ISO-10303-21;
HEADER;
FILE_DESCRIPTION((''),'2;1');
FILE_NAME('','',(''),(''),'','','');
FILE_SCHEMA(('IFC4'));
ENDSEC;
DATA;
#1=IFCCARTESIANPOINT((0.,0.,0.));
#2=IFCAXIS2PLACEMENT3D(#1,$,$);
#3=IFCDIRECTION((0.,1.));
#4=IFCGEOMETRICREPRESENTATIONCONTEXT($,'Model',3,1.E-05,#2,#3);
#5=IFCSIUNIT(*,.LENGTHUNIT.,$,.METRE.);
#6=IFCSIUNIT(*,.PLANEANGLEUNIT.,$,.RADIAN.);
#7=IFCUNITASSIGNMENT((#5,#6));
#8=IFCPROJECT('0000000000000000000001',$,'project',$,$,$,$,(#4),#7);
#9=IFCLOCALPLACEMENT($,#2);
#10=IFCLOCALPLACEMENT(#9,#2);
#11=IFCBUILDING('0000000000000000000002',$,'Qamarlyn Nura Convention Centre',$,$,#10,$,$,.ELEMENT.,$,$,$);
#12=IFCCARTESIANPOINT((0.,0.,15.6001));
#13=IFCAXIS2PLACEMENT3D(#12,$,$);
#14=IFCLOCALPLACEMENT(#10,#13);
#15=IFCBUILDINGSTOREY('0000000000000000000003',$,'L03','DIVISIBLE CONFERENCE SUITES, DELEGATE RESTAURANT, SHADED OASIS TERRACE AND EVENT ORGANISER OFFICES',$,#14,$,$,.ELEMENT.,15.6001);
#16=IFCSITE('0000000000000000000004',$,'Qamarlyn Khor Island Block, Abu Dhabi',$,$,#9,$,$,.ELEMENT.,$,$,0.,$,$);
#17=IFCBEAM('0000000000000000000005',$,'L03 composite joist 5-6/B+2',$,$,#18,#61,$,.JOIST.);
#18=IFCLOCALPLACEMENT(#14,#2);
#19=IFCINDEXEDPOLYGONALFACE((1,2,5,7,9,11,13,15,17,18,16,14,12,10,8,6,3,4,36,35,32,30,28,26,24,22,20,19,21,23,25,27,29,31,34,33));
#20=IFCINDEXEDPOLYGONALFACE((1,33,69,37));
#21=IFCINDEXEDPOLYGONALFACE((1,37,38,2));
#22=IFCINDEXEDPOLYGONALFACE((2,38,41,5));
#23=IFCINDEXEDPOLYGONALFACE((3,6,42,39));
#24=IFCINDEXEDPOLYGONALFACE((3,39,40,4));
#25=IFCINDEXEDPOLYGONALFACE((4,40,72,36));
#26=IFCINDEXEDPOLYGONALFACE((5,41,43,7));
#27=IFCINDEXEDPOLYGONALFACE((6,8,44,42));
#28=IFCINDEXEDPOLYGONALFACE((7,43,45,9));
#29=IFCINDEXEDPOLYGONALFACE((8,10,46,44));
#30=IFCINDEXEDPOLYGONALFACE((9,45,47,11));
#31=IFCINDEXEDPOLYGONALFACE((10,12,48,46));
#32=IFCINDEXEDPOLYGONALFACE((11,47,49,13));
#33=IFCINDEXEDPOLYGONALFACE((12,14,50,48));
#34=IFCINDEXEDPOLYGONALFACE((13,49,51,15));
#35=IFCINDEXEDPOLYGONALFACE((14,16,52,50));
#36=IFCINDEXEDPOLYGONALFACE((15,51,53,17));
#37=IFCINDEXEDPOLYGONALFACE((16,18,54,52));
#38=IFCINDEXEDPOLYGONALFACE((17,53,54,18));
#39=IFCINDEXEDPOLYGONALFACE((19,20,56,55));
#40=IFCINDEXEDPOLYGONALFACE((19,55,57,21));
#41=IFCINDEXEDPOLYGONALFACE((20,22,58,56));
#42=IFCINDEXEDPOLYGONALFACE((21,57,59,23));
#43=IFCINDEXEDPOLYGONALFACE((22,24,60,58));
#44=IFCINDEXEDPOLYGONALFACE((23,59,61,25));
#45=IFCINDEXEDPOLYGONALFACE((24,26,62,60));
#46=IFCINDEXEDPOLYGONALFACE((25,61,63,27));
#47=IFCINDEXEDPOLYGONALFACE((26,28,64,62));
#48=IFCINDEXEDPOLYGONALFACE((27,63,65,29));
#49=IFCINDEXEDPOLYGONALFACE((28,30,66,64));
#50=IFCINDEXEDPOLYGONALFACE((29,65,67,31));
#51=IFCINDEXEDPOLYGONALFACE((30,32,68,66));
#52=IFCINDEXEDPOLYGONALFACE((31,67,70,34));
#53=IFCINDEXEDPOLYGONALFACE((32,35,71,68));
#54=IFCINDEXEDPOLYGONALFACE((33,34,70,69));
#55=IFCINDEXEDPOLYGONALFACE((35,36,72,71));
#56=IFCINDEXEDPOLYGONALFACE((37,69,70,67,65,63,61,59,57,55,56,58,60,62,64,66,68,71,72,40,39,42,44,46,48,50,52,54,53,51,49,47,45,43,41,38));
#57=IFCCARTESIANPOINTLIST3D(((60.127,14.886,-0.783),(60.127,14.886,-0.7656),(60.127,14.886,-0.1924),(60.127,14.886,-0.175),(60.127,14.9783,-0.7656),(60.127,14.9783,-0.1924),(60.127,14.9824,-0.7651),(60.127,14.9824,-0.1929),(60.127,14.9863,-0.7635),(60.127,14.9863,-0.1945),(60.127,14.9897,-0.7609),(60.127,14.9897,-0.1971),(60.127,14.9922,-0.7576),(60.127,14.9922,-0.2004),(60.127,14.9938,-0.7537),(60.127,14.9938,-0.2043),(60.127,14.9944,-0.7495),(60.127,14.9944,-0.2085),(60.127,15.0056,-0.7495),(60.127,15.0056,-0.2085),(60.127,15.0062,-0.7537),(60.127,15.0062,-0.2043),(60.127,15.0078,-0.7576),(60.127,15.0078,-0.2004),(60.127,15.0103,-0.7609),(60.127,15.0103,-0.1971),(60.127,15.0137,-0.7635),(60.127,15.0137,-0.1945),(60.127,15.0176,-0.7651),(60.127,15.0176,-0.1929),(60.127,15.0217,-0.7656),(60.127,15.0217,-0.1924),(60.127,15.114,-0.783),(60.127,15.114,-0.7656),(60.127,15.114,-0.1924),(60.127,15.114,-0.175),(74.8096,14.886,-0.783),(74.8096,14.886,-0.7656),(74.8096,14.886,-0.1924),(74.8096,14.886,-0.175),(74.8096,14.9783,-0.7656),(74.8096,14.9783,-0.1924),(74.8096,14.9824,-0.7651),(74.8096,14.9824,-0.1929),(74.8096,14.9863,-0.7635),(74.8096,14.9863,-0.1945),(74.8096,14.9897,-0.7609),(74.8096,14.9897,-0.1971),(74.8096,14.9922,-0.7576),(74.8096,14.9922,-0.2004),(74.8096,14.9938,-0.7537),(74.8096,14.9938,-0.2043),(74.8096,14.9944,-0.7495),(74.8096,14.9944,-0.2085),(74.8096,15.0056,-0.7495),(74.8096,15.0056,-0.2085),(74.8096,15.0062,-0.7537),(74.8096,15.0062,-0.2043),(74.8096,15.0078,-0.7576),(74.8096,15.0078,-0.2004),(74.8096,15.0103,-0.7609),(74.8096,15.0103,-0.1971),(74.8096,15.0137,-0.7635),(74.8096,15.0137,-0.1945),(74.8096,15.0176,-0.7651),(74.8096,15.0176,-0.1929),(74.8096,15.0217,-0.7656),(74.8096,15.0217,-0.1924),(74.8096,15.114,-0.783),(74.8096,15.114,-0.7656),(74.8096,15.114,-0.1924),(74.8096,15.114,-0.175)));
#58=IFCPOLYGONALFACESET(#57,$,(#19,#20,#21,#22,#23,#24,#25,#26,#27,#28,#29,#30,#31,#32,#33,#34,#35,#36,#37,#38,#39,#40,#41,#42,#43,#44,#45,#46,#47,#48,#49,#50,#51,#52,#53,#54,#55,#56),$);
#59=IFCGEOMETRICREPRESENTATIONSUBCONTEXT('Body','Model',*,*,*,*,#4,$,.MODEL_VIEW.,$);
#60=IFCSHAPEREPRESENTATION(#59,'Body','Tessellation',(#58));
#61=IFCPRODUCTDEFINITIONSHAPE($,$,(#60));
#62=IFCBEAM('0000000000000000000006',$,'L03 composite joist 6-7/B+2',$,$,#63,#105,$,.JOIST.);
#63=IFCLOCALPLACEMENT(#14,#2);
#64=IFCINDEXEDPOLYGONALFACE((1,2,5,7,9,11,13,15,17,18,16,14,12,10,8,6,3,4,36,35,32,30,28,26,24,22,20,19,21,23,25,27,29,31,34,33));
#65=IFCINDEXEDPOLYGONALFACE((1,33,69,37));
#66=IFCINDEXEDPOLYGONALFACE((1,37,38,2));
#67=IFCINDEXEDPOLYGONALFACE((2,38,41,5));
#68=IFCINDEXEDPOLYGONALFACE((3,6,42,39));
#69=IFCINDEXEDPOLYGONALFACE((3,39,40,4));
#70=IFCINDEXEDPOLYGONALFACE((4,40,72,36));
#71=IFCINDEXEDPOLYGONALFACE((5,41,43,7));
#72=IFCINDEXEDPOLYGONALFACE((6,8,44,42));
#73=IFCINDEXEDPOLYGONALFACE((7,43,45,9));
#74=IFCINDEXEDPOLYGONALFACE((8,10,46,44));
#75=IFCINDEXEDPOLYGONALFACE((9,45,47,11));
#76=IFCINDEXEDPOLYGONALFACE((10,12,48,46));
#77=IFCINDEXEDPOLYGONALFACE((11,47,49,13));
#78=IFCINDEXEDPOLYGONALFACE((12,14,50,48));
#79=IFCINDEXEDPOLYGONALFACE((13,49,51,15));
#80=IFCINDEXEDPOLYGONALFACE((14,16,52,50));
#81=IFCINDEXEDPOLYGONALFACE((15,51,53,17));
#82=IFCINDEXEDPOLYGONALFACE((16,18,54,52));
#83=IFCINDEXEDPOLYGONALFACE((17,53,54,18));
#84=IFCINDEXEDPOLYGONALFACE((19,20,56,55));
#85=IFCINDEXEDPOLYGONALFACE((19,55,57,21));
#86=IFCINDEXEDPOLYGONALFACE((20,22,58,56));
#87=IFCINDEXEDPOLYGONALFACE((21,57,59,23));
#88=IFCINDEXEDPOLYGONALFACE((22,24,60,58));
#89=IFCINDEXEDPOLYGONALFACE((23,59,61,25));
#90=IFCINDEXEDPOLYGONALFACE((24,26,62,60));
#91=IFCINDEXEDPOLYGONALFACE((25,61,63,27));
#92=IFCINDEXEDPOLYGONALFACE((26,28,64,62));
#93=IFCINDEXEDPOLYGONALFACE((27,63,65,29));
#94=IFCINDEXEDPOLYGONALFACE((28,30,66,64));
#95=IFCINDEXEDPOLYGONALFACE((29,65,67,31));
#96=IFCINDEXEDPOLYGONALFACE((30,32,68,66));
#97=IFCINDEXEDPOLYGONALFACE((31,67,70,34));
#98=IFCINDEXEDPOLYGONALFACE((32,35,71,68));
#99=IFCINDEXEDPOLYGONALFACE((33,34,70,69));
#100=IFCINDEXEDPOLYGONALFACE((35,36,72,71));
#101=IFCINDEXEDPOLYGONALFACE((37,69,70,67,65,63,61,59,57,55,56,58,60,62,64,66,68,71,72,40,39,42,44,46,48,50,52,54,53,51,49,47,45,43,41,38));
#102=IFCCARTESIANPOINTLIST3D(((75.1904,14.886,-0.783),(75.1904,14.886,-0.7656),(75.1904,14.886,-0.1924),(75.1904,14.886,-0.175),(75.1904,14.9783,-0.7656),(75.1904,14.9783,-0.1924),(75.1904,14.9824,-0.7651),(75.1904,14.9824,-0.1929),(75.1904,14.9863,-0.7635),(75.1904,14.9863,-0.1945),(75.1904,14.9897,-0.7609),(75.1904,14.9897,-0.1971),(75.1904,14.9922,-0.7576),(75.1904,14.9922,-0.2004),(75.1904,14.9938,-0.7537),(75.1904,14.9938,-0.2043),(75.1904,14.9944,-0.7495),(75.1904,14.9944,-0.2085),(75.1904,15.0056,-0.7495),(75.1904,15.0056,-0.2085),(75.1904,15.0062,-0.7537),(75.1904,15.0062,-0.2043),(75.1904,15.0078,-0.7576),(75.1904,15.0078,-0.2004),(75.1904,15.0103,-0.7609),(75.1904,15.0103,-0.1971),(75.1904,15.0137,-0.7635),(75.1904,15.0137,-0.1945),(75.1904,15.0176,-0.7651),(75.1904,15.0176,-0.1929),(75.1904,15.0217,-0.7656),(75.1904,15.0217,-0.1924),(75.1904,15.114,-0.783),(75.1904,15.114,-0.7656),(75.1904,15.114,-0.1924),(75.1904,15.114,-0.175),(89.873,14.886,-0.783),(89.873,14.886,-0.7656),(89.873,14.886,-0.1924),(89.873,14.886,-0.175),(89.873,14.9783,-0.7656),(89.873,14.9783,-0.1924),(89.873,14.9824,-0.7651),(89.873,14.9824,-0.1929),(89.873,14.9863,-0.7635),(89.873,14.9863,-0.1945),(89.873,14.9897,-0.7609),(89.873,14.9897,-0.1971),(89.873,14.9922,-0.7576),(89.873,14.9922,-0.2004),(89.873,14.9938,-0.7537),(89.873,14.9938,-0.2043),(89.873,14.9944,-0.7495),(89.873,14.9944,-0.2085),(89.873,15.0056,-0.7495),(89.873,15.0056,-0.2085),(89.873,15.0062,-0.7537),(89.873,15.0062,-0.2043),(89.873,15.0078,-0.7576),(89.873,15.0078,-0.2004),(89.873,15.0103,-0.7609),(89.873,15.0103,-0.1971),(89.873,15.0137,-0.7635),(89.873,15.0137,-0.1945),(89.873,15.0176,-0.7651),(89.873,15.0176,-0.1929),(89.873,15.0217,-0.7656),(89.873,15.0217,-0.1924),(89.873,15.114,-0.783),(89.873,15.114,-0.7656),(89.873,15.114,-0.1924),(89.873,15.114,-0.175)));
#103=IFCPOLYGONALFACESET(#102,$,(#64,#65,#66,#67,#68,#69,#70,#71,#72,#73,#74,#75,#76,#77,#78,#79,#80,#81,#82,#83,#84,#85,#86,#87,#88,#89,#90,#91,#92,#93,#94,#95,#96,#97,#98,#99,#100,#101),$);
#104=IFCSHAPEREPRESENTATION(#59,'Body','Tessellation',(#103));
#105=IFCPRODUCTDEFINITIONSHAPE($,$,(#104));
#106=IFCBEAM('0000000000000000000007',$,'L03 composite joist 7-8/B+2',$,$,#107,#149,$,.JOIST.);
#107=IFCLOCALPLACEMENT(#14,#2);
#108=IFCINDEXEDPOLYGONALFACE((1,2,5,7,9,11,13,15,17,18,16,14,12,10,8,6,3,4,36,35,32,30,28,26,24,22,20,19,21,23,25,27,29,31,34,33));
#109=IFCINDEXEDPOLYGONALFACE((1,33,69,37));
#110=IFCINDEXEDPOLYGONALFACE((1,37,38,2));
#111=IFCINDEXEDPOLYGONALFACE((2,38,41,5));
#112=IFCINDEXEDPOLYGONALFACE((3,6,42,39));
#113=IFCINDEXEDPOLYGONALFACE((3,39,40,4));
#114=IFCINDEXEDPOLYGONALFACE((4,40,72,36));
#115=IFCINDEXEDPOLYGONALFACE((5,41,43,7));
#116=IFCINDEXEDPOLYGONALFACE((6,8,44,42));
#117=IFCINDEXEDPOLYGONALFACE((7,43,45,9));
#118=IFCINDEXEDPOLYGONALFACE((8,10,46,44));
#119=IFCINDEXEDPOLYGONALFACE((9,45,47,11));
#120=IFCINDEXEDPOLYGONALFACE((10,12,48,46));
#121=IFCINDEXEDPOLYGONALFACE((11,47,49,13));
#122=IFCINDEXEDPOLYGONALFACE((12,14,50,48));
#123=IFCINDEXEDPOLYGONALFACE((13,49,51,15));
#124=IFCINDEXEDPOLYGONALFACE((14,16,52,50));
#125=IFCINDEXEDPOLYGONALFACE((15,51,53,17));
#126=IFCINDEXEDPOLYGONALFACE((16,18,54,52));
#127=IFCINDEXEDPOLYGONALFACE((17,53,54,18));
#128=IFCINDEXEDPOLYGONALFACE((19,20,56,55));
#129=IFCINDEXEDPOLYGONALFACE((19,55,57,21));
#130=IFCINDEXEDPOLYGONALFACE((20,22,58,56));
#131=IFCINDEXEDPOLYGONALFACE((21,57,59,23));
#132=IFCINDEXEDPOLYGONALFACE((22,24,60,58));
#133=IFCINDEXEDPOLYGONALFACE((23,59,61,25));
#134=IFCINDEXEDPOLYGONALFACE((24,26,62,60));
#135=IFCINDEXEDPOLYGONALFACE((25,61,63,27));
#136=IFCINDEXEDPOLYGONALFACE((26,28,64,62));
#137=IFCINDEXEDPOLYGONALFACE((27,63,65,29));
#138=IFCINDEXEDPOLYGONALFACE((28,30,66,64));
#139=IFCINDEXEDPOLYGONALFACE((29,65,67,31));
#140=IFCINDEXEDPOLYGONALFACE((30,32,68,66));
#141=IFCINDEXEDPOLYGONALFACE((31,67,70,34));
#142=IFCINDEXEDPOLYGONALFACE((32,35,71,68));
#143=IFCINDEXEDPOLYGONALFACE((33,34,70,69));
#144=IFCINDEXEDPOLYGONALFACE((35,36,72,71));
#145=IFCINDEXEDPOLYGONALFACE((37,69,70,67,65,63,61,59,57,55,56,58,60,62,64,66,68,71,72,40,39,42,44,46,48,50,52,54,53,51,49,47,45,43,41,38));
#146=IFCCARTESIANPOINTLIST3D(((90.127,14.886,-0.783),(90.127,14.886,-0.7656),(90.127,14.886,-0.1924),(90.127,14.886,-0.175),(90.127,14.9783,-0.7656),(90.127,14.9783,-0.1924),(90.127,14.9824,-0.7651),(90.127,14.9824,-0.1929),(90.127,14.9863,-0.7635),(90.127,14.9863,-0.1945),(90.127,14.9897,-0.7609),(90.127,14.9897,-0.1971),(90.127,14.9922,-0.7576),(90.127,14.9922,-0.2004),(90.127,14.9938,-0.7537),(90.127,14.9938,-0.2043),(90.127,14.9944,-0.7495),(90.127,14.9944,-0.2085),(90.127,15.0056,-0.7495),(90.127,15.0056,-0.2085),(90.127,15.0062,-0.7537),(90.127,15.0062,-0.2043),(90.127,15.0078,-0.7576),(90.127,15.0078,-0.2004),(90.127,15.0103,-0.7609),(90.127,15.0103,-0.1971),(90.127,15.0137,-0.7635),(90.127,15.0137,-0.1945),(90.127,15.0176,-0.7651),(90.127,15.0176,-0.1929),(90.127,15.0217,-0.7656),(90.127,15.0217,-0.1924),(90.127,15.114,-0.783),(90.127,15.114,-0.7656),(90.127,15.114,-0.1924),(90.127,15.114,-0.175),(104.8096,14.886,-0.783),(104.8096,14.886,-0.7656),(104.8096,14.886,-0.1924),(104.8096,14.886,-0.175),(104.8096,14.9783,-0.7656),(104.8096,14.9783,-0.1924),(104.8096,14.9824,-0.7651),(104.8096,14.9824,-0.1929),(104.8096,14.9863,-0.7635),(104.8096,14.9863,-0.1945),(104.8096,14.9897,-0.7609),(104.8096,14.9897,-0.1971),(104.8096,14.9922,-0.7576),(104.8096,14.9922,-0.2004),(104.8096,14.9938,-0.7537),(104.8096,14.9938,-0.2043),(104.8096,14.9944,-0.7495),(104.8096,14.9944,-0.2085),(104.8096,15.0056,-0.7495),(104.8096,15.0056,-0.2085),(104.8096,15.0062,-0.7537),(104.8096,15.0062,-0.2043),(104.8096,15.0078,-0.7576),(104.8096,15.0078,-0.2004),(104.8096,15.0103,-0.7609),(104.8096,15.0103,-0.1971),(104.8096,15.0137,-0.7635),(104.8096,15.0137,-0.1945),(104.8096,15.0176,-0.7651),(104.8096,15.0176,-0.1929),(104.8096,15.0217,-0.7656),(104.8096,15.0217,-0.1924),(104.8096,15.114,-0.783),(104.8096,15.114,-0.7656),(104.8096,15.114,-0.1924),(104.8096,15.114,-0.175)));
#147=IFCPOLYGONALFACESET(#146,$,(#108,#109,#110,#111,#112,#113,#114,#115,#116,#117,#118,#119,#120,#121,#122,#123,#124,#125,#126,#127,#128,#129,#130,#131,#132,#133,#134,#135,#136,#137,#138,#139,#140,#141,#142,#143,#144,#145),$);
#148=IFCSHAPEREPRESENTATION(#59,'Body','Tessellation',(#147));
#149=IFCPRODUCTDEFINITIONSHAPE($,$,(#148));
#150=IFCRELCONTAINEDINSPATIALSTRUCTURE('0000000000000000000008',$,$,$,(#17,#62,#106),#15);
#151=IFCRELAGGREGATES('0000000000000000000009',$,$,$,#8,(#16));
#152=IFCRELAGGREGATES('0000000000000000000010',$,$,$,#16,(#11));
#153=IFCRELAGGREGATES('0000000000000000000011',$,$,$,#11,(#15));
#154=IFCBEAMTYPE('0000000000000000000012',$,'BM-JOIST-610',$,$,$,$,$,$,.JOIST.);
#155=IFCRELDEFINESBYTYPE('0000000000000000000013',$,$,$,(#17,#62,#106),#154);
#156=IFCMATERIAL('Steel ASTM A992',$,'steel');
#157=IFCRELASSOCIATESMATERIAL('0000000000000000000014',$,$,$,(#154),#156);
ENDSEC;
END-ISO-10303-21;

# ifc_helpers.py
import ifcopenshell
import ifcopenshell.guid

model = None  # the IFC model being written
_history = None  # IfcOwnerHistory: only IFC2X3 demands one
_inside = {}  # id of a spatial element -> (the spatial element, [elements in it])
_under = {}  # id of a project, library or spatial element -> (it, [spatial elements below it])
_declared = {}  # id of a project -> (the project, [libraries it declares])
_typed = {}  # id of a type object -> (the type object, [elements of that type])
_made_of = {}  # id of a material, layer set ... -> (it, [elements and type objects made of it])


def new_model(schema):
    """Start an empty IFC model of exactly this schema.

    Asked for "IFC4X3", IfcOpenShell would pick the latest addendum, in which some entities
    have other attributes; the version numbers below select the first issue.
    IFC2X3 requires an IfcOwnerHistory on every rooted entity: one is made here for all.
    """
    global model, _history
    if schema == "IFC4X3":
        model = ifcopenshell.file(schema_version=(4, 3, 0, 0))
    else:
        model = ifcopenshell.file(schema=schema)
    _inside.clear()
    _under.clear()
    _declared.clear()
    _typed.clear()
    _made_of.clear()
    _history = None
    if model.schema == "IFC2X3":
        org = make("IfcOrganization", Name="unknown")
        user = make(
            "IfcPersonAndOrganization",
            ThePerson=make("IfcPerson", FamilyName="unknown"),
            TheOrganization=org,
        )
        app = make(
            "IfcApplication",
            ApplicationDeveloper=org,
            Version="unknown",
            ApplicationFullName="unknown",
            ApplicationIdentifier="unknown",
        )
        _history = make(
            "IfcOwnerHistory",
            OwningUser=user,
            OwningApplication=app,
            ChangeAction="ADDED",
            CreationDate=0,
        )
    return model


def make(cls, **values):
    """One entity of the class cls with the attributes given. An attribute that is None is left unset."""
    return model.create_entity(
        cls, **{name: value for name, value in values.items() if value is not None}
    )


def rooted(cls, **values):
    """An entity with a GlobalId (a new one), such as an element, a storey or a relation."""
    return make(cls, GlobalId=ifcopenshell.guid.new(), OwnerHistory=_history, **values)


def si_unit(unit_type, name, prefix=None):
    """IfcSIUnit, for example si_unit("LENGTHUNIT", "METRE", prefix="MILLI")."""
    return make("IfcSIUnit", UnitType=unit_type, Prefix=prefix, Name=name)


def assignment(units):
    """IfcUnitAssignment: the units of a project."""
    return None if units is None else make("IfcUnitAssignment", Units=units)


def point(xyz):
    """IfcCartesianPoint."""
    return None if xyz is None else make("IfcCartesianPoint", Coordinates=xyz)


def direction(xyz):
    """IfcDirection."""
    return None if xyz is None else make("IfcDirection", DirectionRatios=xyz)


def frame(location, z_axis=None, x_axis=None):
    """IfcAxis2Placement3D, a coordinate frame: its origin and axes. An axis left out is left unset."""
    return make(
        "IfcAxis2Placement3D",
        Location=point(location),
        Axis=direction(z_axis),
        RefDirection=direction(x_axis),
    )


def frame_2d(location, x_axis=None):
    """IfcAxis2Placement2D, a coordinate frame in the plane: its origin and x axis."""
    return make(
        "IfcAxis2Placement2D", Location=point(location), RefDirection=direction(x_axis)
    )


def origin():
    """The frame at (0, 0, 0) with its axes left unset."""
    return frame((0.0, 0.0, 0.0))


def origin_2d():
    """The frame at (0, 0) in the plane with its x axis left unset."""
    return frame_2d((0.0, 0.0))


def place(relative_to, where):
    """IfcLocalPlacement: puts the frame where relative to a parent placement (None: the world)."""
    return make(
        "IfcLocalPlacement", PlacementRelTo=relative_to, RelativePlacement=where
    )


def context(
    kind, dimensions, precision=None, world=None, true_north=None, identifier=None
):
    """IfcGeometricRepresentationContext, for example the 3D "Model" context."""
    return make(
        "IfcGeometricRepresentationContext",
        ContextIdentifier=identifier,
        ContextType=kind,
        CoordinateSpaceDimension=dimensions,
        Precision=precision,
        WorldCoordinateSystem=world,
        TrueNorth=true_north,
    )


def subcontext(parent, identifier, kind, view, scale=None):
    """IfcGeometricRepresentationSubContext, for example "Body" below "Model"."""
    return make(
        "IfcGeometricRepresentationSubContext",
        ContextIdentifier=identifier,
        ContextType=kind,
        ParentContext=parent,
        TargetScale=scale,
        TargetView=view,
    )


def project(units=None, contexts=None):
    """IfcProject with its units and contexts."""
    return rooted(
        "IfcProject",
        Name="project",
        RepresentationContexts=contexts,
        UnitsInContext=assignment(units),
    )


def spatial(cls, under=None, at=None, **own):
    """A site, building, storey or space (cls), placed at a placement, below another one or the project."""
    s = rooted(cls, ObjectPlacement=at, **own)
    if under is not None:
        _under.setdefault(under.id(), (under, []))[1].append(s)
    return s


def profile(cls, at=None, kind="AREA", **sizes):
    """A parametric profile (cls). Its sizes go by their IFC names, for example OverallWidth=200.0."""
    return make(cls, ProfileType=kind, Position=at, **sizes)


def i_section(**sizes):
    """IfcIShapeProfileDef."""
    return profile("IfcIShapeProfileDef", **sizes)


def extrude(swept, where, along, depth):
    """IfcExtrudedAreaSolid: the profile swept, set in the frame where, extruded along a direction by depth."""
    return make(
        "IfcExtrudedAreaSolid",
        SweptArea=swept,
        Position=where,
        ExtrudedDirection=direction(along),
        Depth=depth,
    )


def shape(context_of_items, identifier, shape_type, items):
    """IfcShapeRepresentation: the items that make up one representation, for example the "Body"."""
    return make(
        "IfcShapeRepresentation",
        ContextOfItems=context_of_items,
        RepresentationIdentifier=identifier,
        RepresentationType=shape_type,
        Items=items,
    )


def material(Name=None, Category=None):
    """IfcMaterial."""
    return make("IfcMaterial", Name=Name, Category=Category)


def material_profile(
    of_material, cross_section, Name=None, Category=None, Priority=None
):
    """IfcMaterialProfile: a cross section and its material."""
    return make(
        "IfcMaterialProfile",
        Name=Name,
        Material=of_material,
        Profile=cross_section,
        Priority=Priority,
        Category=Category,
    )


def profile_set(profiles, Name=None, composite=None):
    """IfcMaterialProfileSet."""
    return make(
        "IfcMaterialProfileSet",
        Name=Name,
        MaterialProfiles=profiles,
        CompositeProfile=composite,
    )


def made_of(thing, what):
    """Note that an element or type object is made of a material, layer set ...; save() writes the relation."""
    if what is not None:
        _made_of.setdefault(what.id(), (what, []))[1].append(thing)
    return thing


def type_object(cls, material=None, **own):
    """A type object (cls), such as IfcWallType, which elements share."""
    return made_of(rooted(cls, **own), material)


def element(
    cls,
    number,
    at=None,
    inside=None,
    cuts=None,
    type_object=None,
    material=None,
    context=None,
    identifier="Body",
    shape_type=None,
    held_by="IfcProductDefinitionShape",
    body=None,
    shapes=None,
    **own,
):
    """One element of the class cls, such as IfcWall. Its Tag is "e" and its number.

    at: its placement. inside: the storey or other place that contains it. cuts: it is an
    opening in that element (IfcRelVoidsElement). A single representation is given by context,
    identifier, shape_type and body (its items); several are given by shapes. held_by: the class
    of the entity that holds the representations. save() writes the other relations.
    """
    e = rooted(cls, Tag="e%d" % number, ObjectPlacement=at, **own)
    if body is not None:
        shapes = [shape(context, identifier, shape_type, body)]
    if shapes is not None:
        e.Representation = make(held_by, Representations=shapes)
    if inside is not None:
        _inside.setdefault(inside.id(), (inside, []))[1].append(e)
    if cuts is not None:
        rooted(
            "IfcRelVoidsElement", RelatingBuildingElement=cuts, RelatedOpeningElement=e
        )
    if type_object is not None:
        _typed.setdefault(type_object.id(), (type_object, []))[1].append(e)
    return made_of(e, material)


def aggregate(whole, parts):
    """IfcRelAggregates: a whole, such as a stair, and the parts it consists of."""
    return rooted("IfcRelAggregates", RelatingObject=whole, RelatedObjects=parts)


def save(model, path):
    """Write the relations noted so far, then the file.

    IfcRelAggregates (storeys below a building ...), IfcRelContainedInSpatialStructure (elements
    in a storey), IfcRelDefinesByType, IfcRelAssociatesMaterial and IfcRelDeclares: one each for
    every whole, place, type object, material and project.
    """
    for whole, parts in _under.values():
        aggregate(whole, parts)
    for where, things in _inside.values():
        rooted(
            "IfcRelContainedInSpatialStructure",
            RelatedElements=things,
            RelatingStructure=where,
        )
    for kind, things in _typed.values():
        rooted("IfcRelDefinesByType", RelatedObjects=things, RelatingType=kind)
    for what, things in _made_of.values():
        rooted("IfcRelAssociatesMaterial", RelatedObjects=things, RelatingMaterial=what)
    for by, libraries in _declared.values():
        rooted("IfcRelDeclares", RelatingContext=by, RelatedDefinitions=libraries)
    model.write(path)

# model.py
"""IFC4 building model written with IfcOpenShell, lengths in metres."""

from ifc_helpers import new_model, si_unit, direction, frame, origin, origin_2d, place, context, subcontext, project, spatial, i_section, extrude, material, material_profile, profile_set, type_object, element, save


model = new_model("IFC4")

# Units and contexts
model_context = context("Model", 3, precision=1e-05, world=origin(), true_north=direction((0.0, 1.0)))
body_context = subcontext(model_context, "Body", "Model", "MODEL_VIEW")
ifc_project = project(units=[si_unit("LENGTHUNIT", "METRE"), si_unit("PLANEANGLEUNIT", "RADIAN")], contexts=[model_context])

# Site, building, storey
site_placement = place(None, origin())
site = spatial("IfcSite", under=ifc_project, at=site_placement, Name="Qamarlyn Khor Island Block, Abu Dhabi", CompositionType="ELEMENT", RefElevation=0.0)
building_placement = place(site_placement, origin())
building = spatial("IfcBuilding", under=site, at=building_placement, Name="Qamarlyn Nura Convention Centre", CompositionType="ELEMENT")
storey_placement = place(building_placement, frame((0.0, 0.0, 15.6001)))
storey = spatial("IfcBuildingStorey", under=building, at=storey_placement, Name="L03", Description="DIVISIBLE CONFERENCE SUITES, DELEGATE RESTAURANT, SHADED OASIS TERRACE AND EVENT ORGANISER OFFICES", CompositionType="ELEMENT", Elevation=15.6001)

# Beams
ifc_material_1 = material(Name="Steel ASTM A992", Category="steel")
ifc_material_profile_1 = material_profile(ifc_material_1, i_section(OverallWidth=0.228, OverallDepth=0.6079, WebThickness=0.0112, FlangeThickness=0.0173, FilletRadius=0.0161, at=origin_2d()), Name="W610X113")
ifc_profile_set_1 = profile_set([ifc_material_profile_1], Name="Steel ASTM A992")
beam_type_1 = type_object("IfcBeamType", Name="BM-JOIST-610", PredefinedType="JOIST", material=ifc_profile_set_1)
for number, where, z_axis, x_axis, name in (
    (1, (60.127, 15.0, -0.479), (1.0, 0.0, 0.0), (0.0, 1.0, 0.0), "L03 composite joist 5-6/B+2"),
    (2, (75.1904, 15.0, -0.479), (1.0, 0.0, 0.0), (0.0, 1.0, 0.0), "L03 composite joist 6-7/B+2"),
    (3, (90.127, 15.0, -0.479), (1.0, 0.0, 0.0), (0.0, 1.0, 0.0), "L03 composite joist 7-8/B+2"),
):
    element("IfcBeam", number, at=place(storey_placement, frame(where, z_axis=z_axis, x_axis=x_axis)), inside=storey, type_object=beam_type_1, Name=name, PredefinedType="JOIST", context=body_context, shape_type="SweptSolid", body=[
        extrude(i_section(OverallWidth=0.228, OverallDepth=0.6079, WebThickness=0.0112, FlangeThickness=0.0173, FilletRadius=0.0161, at=origin_2d()), origin(), (0.0, 0.0, 1.0), 14.6826),
    ])

save(model, "model.ifc")
